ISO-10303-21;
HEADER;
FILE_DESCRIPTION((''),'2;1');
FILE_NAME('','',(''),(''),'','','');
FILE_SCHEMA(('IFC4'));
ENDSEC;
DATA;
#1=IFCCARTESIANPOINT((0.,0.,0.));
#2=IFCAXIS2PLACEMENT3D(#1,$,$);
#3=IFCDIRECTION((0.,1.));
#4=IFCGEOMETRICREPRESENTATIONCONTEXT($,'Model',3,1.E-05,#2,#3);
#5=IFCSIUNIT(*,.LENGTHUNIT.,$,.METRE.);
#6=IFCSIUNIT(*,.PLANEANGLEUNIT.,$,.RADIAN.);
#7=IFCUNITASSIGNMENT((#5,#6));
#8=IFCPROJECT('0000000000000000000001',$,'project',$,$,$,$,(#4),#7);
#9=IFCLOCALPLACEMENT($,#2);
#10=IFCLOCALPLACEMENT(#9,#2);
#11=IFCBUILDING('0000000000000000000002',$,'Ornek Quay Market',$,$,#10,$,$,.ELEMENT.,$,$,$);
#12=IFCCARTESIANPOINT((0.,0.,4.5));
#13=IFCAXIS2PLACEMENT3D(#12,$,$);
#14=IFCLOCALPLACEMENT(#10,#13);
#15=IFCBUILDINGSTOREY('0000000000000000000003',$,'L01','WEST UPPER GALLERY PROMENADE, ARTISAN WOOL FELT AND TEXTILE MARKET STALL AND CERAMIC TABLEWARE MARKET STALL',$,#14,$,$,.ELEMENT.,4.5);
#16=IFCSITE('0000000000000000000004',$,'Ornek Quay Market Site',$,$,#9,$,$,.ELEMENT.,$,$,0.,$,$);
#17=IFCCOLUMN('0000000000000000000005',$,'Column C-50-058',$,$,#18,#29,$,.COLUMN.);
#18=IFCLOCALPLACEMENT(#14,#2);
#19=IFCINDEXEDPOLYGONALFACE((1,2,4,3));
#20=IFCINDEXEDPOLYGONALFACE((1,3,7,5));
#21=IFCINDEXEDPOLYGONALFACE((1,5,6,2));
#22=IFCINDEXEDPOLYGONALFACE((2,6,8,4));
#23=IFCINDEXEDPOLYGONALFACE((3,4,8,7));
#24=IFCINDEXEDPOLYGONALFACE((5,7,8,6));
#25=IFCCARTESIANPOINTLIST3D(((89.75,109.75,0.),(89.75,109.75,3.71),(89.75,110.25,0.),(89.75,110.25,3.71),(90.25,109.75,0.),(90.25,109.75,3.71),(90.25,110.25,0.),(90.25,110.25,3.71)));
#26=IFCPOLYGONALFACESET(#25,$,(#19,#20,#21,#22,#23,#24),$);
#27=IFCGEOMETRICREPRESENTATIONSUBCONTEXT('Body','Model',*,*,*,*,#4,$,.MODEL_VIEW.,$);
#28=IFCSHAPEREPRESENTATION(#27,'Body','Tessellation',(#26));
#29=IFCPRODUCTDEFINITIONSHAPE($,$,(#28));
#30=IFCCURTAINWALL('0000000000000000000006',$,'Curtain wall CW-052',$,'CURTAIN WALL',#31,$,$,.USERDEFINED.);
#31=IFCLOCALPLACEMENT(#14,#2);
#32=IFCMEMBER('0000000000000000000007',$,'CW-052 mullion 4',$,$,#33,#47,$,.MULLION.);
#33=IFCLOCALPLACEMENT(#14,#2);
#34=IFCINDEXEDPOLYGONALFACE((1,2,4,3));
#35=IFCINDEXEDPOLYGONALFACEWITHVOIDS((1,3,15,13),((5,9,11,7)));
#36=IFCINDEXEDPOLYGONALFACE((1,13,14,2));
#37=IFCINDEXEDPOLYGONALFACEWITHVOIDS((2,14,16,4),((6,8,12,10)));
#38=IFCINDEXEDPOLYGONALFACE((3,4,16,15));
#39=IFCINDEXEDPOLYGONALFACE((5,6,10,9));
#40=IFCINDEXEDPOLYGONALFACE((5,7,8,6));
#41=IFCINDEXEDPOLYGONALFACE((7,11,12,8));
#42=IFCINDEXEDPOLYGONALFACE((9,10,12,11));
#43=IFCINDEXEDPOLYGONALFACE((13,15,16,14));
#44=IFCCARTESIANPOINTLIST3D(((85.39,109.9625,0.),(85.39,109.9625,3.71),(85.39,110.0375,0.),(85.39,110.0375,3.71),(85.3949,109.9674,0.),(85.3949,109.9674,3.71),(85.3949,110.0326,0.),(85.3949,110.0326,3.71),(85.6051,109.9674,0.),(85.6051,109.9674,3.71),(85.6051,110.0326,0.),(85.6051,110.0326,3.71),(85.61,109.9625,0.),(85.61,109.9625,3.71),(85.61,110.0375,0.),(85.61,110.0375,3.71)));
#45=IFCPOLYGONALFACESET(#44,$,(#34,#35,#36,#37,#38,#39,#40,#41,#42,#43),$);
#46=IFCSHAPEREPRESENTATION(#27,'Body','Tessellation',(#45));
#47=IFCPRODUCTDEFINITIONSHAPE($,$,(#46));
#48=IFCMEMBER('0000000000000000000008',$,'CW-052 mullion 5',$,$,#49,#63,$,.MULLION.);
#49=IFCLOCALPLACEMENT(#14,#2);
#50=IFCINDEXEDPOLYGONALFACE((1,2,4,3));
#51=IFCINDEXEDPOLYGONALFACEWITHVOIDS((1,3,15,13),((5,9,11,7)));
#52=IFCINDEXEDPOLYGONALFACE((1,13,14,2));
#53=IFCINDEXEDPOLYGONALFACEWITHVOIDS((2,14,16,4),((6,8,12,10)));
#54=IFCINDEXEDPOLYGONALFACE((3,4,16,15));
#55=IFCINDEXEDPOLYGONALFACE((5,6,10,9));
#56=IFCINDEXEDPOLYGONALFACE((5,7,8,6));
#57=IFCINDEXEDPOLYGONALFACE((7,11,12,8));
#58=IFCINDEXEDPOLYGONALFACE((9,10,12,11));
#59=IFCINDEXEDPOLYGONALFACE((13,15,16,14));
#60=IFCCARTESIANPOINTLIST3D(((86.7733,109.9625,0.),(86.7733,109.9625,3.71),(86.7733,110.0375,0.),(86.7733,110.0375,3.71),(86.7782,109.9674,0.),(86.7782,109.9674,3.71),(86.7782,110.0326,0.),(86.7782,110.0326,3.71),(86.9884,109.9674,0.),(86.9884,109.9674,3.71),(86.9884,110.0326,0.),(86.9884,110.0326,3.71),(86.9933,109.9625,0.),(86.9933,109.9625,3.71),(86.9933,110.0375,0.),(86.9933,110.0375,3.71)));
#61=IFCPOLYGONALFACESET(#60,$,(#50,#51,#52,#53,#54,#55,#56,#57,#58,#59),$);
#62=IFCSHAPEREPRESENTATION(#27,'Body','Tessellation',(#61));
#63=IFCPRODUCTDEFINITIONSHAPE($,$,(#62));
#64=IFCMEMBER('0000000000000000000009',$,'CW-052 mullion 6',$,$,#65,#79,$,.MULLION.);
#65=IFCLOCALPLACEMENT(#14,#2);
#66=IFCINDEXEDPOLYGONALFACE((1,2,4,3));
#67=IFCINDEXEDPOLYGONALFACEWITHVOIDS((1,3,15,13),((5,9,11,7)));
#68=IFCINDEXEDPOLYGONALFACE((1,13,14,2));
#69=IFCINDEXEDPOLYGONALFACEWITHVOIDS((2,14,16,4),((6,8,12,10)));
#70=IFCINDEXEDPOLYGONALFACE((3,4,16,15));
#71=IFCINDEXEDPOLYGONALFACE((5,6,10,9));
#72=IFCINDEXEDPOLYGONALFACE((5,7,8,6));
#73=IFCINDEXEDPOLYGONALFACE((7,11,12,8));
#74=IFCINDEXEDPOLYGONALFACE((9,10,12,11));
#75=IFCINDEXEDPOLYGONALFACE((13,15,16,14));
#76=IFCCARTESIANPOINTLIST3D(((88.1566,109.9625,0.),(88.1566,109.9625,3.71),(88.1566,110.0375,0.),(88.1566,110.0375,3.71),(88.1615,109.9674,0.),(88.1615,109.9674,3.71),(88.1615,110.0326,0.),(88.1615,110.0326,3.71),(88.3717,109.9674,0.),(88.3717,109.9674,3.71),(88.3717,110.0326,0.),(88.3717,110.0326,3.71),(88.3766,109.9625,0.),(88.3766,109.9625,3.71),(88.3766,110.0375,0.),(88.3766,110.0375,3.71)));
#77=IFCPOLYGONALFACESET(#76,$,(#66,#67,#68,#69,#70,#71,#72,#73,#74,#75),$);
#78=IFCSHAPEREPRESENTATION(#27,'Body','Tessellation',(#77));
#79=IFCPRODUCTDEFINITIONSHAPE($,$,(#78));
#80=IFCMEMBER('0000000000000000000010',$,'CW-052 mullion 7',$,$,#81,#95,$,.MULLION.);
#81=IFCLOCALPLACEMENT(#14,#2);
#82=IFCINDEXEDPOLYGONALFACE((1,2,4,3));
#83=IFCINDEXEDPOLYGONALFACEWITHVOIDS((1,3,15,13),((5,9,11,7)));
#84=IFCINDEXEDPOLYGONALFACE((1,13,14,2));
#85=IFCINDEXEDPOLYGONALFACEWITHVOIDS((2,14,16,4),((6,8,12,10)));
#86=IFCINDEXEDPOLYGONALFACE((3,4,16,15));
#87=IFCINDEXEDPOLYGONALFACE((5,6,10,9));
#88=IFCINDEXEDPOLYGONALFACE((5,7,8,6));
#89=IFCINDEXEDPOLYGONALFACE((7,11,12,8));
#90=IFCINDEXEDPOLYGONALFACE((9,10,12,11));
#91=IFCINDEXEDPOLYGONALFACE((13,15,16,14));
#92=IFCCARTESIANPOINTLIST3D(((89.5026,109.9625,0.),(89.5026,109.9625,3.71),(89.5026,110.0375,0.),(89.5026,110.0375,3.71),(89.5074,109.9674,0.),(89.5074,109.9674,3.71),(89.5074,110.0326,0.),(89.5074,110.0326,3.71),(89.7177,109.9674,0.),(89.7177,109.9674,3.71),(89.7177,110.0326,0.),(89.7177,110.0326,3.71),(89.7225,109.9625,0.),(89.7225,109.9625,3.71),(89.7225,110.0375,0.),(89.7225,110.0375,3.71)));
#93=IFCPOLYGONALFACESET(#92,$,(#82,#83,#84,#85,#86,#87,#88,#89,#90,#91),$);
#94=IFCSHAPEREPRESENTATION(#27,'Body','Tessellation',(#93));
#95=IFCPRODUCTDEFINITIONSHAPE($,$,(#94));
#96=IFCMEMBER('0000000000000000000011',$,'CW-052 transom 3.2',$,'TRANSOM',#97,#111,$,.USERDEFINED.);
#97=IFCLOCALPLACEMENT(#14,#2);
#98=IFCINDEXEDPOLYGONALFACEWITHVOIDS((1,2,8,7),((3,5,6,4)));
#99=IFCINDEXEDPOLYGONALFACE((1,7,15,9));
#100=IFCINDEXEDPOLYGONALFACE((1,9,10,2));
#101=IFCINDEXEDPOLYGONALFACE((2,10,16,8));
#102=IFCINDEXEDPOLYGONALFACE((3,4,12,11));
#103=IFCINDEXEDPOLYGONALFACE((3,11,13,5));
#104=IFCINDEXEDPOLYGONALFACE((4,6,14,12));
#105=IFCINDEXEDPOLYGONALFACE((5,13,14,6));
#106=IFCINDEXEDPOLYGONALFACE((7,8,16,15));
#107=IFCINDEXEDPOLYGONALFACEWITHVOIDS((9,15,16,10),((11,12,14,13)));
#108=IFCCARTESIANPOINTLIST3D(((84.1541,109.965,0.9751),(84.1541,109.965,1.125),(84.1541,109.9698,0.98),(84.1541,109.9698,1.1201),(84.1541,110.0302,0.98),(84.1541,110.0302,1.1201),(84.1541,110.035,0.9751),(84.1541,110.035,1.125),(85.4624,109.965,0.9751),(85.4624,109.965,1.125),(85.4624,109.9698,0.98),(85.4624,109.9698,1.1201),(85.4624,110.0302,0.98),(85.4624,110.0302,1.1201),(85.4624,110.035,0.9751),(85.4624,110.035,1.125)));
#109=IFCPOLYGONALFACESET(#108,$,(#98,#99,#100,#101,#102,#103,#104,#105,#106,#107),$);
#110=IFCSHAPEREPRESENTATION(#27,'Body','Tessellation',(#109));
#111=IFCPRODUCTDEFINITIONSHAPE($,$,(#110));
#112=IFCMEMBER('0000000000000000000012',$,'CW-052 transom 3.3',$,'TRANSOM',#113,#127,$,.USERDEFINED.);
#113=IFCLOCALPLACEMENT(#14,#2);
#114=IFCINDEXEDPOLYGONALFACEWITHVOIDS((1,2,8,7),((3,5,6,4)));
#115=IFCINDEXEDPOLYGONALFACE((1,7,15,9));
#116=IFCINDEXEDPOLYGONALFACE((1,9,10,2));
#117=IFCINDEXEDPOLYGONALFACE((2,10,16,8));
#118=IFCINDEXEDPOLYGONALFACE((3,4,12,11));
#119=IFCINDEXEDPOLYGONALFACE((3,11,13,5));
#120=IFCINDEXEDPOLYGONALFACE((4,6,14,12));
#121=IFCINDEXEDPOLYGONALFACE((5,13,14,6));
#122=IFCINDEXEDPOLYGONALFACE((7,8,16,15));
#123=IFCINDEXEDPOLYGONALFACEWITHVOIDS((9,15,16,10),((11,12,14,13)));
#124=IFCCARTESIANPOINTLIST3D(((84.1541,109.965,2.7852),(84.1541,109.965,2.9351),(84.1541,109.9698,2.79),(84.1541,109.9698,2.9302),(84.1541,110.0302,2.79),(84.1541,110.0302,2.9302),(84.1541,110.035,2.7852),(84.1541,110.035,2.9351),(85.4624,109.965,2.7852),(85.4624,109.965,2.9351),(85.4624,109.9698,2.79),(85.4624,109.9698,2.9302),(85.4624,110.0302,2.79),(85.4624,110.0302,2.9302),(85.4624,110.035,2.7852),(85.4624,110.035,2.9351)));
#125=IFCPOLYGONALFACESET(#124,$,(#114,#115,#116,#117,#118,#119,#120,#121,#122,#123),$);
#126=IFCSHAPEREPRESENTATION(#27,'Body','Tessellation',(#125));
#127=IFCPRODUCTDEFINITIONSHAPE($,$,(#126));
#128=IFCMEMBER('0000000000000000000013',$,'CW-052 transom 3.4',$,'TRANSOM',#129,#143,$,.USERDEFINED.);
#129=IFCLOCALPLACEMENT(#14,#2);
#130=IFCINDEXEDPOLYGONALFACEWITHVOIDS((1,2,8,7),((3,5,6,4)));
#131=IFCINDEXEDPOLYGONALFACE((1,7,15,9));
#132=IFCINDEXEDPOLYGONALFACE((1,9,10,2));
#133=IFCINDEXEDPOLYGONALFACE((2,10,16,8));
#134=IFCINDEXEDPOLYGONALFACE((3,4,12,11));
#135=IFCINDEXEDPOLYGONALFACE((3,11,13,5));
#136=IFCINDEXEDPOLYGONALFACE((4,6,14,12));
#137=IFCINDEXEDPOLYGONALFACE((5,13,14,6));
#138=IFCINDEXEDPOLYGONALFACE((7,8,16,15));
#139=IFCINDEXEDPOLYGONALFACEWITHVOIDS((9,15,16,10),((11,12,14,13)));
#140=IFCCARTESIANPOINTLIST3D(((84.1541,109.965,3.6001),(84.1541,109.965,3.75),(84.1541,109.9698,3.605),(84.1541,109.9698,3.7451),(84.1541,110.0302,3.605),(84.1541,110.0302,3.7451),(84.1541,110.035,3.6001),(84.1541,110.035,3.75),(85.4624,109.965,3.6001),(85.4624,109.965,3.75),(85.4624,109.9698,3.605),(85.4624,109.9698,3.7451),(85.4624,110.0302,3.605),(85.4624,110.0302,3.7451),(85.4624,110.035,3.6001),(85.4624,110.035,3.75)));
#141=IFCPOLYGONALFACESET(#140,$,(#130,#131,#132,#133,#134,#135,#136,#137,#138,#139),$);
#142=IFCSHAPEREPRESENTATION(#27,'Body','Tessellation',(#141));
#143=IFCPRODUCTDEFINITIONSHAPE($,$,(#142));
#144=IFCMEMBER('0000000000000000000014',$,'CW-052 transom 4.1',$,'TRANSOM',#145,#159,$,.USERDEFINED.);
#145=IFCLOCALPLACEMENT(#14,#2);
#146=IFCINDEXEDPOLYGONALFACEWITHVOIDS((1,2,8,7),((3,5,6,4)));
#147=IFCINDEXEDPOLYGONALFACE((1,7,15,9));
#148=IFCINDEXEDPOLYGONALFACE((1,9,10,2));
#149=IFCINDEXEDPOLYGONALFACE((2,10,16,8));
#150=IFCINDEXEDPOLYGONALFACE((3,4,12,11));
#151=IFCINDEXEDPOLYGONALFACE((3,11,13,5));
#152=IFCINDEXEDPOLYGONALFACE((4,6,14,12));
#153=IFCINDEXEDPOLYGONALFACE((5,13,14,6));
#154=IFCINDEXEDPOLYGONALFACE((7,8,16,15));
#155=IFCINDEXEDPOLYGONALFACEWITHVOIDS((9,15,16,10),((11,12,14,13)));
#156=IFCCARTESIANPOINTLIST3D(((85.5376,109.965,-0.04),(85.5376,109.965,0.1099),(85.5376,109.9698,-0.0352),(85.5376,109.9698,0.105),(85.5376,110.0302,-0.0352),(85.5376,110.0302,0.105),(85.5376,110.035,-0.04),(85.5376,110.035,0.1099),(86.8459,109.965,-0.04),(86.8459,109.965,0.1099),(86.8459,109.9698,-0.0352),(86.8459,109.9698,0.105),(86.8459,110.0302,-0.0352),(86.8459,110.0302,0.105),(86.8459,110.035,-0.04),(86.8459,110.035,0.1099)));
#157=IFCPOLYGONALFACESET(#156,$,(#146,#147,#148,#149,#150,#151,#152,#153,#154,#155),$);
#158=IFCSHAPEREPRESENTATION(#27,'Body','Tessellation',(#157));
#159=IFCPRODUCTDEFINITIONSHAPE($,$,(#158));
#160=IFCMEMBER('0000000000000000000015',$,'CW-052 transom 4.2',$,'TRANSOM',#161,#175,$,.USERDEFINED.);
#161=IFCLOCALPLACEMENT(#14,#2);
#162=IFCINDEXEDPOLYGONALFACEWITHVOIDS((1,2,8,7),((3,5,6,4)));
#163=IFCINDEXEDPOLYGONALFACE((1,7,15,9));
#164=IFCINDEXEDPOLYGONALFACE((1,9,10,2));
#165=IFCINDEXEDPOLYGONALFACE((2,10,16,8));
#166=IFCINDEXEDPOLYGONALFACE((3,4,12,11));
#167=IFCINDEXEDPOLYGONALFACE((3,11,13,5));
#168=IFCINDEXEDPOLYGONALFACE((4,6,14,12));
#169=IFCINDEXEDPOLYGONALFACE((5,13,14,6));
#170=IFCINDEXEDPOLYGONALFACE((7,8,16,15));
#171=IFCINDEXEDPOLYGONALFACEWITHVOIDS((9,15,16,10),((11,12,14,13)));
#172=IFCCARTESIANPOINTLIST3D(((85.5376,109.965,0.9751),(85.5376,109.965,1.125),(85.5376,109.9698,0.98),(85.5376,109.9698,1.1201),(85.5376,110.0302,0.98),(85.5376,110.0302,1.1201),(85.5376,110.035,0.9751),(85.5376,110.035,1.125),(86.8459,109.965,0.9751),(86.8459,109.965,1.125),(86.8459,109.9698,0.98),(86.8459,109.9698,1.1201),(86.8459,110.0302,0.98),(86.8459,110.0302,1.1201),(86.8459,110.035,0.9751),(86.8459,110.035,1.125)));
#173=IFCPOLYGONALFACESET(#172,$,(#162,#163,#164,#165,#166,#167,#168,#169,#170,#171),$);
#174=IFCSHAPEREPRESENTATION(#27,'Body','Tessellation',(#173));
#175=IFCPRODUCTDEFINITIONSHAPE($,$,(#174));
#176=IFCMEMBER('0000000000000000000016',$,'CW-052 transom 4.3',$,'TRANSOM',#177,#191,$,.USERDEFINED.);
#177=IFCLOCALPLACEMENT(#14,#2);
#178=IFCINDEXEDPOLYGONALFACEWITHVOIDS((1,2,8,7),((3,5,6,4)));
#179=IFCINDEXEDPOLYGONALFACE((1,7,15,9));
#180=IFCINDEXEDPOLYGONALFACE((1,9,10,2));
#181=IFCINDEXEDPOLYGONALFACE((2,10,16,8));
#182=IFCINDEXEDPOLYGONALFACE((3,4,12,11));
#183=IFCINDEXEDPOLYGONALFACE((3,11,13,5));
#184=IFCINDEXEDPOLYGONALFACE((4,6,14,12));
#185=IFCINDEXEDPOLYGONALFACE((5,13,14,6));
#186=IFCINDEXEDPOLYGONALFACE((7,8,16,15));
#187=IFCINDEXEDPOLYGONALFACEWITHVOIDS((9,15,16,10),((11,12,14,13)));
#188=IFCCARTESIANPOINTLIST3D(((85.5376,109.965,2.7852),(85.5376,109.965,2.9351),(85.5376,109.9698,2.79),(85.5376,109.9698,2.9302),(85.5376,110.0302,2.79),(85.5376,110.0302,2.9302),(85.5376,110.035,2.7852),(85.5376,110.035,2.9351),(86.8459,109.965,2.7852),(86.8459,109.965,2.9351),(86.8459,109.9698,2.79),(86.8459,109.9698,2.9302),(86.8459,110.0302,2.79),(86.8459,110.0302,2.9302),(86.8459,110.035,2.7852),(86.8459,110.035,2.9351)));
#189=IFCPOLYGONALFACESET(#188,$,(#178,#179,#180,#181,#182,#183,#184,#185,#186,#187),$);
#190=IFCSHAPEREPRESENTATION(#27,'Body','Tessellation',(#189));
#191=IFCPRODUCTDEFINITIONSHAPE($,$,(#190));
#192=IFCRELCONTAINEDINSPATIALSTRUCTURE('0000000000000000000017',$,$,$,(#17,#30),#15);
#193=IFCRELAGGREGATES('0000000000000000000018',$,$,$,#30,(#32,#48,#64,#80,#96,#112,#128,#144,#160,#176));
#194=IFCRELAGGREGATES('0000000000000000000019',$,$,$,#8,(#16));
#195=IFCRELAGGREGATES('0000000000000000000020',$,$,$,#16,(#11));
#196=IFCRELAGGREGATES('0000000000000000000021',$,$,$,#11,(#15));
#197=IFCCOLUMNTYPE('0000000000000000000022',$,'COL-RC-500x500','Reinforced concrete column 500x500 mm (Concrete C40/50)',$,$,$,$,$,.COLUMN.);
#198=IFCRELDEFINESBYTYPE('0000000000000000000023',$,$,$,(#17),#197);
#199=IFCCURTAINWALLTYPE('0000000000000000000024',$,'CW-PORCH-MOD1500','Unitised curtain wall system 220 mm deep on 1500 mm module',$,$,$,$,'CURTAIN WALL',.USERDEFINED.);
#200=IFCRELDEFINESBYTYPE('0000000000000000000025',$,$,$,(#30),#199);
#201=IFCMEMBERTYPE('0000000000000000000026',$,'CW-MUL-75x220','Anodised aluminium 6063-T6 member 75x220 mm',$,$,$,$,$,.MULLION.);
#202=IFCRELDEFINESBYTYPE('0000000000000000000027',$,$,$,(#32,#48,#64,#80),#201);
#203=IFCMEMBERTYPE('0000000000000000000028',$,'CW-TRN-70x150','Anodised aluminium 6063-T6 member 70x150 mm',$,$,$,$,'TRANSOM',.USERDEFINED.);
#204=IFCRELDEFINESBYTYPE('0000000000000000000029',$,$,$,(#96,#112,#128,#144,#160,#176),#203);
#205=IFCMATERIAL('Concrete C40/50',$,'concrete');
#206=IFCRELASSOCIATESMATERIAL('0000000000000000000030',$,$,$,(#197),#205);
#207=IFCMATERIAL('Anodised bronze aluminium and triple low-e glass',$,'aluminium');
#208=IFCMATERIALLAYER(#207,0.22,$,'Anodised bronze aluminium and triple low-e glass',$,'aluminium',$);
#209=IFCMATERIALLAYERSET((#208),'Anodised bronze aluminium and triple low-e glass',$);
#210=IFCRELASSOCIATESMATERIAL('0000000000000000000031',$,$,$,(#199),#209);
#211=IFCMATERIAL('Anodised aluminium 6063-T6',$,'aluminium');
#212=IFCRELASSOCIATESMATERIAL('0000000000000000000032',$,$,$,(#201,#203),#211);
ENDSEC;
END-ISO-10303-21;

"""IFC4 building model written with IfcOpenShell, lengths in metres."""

from ifc_helpers import new_model, si_unit, direction, frame, origin, origin_2d, place, context, subcontext, project, spatial, rectangle, hollow_rectangle, extrude, material, layer, layer_set, material_profile, profile_set, type_object, element, aggregate, save


model = new_model("IFC4")

# Units and contexts
model_context = context("Model", 3, precision=1e-05, world=origin(), true_north=direction((0.0, 1.0)))
body_context = subcontext(model_context, "Body", "Model", "MODEL_VIEW")
ifc_project = project(units=[si_unit("LENGTHUNIT", "METRE"), si_unit("PLANEANGLEUNIT", "RADIAN")], contexts=[model_context])

# Site, building, storey
site_placement = place(None, origin())
site = spatial("IfcSite", under=ifc_project, at=site_placement, Name="Ornek Quay Market Site", CompositionType="ELEMENT", RefElevation=0.0)
building_placement = place(site_placement, origin())
building = spatial("IfcBuilding", under=site, at=building_placement, Name="Ornek Quay Market", CompositionType="ELEMENT")
storey_placement = place(building_placement, frame((0.0, 0.0, 4.5)))
storey = spatial("IfcBuildingStorey", under=building, at=storey_placement, Name="L01", Description="WEST UPPER GALLERY PROMENADE, ARTISAN WOOL FELT AND TEXTILE MARKET STALL AND CERAMIC TABLEWARE MARKET STALL", CompositionType="ELEMENT", Elevation=4.5)

# Column
ifc_material_1 = material(Name="Concrete C40/50", Category="concrete")
ifc_material_profile_1 = material_profile(ifc_material_1, rectangle(XDim=0.5, YDim=0.5, at=origin_2d()), Name="RC 500x500", Category="concrete")
ifc_profile_set_1 = profile_set([ifc_material_profile_1], Name="Concrete C40/50")
column_type = type_object("IfcColumnType", Name="COL-RC-500x500", Description="Reinforced concrete column 500x500 mm (Concrete C40/50)", PredefinedType="COLUMN", material=ifc_profile_set_1)
column_placement = place(storey_placement, frame((90.0, 110.0, 0.0), z_axis=(0.0, 0.0, 1.0), x_axis=(1.0, 0.0, 0.0)))
element("IfcColumn", 1, at=column_placement, inside=storey, type_object=column_type, Name="Column C-50-058", PredefinedType="COLUMN", context=body_context, shape_type="SweptSolid", body=[
    extrude(rectangle(XDim=0.5, YDim=0.5, at=origin_2d()), origin(), (0.0, 0.0, 1.0), 3.71),
])

# Curtain wall, members
ifc_material_2 = material(Name="Anodised bronze aluminium and triple low-e glass", Category="aluminium")
ifc_layer_1 = layer(ifc_material_2, 0.22, Name="Anodised bronze aluminium and triple low-e glass", Category="aluminium")
ifc_layer_set_1 = layer_set([ifc_layer_1], Name="Anodised bronze aluminium and triple low-e glass")
curtain_wall_type = type_object("IfcCurtainWallType", Name="CW-PORCH-MOD1500", Description="Unitised curtain wall system 220 mm deep on 1500 mm module", ElementType="CURTAIN WALL", PredefinedType="USERDEFINED", material=ifc_layer_set_1)
curtain_wall_placement = place(storey_placement, origin())
curtain_wall = element("IfcCurtainWall", 2, at=curtain_wall_placement, inside=storey, type_object=curtain_wall_type, Name="Curtain wall CW-052", ObjectType="CURTAIN WALL", PredefinedType="USERDEFINED")
ifc_material_3 = material(Name="Anodised aluminium 6063-T6", Category="aluminium")
ifc_material_profile_2 = material_profile(ifc_material_3, hollow_rectangle(XDim=0.075, YDim=0.22, WallThickness=0.0049, at=origin_2d()), Name="CW-MUL-75x220", Category="aluminium")
ifc_profile_set_2 = profile_set([ifc_material_profile_2], Name="Anodised aluminium 6063-T6")
member_type_1 = type_object("IfcMemberType", Name="CW-MUL-75x220", Description="Anodised aluminium 6063-T6 member 75x220 mm", PredefinedType="MULLION", material=ifc_profile_set_2)
member_1_placement = place(storey_placement, frame((85.5, 110.0, 0.0), z_axis=(0.0, 0.0, 1.0), x_axis=(0.0, 1.0, 0.0)))
member_1 = element("IfcMember", 3, at=member_1_placement, type_object=member_type_1, Name="CW-052 mullion 4", PredefinedType="MULLION", context=body_context, shape_type="SweptSolid", body=[
    extrude(hollow_rectangle(XDim=0.075, YDim=0.22, WallThickness=0.0049, at=origin_2d()), origin(), (0.0, 0.0, 1.0), 3.71),
])
member_2_placement = place(storey_placement, frame((86.8833, 110.0, 0.0), z_axis=(0.0, 0.0, 1.0), x_axis=(0.0, 1.0, 0.0)))
member_2 = element("IfcMember", 4, at=member_2_placement, type_object=member_type_1, Name="CW-052 mullion 5", PredefinedType="MULLION", context=body_context, shape_type="SweptSolid", body=[
    extrude(hollow_rectangle(XDim=0.075, YDim=0.22, WallThickness=0.0049, at=origin_2d()), origin(), (0.0, 0.0, 1.0), 3.71),
])
member_3_placement = place(storey_placement, frame((88.2666, 110.0, 0.0), z_axis=(0.0, 0.0, 1.0), x_axis=(0.0, 1.0, 0.0)))
member_3 = element("IfcMember", 5, at=member_3_placement, type_object=member_type_1, Name="CW-052 mullion 6", PredefinedType="MULLION", context=body_context, shape_type="SweptSolid", body=[
    extrude(hollow_rectangle(XDim=0.075, YDim=0.22, WallThickness=0.0049, at=origin_2d()), origin(), (0.0, 0.0, 1.0), 3.71),
])
member_4_placement = place(storey_placement, frame((89.6125, 110.0, 0.0), z_axis=(0.0, 0.0, 1.0), x_axis=(0.0, 1.0, 0.0)))
member_4 = element("IfcMember", 6, at=member_4_placement, type_object=member_type_1, Name="CW-052 mullion 7", PredefinedType="MULLION", context=body_context, shape_type="SweptSolid", body=[
    extrude(hollow_rectangle(XDim=0.075, YDim=0.22, WallThickness=0.0049, at=origin_2d()), origin(), (0.0, 0.0, 1.0), 3.71),
])
ifc_material_profile_3 = material_profile(ifc_material_3, hollow_rectangle(XDim=0.0701, YDim=0.1499, WallThickness=0.0049, at=origin_2d()), Name="CW-TRN-70x150", Category="aluminium")
ifc_profile_set_3 = profile_set([ifc_material_profile_3], Name="Anodised aluminium 6063-T6")
member_type_2 = type_object("IfcMemberType", Name="CW-TRN-70x150", Description="Anodised aluminium 6063-T6 member 70x150 mm", ElementType="TRANSOM", PredefinedType="USERDEFINED", material=ifc_profile_set_3)
member_5_placement = place(storey_placement, frame((84.1541, 110.0, 1.05), z_axis=(1.0, 0.0, 0.0), x_axis=(0.0, 1.0, 0.0)))
member_5 = element("IfcMember", 7, at=member_5_placement, type_object=member_type_2, Name="CW-052 transom 3.2", ObjectType="TRANSOM", PredefinedType="USERDEFINED", context=body_context, shape_type="SweptSolid", body=[
    extrude(hollow_rectangle(XDim=0.0701, YDim=0.1499, WallThickness=0.0049, at=origin_2d()), origin(), (0.0, 0.0, 1.0), 1.3083),
])
member_6_placement = place(storey_placement, frame((84.1541, 110.0, 2.8601), z_axis=(1.0, 0.0, 0.0), x_axis=(0.0, 1.0, 0.0)))
member_6 = element("IfcMember", 8, at=member_6_placement, type_object=member_type_2, Name="CW-052 transom 3.3", ObjectType="TRANSOM", PredefinedType="USERDEFINED", context=body_context, shape_type="SweptSolid", body=[
    extrude(hollow_rectangle(XDim=0.0701, YDim=0.1499, WallThickness=0.0049, at=origin_2d()), origin(), (0.0, 0.0, 1.0), 1.3083),
])
member_7_placement = place(storey_placement, frame((84.1541, 110.0, 3.675), z_axis=(1.0, 0.0, 0.0), x_axis=(0.0, 1.0, 0.0)))
member_7 = element("IfcMember", 9, at=member_7_placement, type_object=member_type_2, Name="CW-052 transom 3.4", ObjectType="TRANSOM", PredefinedType="USERDEFINED", context=body_context, shape_type="SweptSolid", body=[
    extrude(hollow_rectangle(XDim=0.0701, YDim=0.1499, WallThickness=0.0049, at=origin_2d()), origin(), (0.0, 0.0, 1.0), 1.3083),
])
member_8_placement = place(storey_placement, frame((85.5376, 110.0, 0.0349), z_axis=(1.0, 0.0, 0.0), x_axis=(0.0, 1.0, 0.0)))
member_8 = element("IfcMember", 10, at=member_8_placement, type_object=member_type_2, Name="CW-052 transom 4.1", ObjectType="TRANSOM", PredefinedType="USERDEFINED", context=body_context, shape_type="SweptSolid", body=[
    extrude(hollow_rectangle(XDim=0.0701, YDim=0.1499, WallThickness=0.0049, at=origin_2d()), origin(), (0.0, 0.0, 1.0), 1.3083),
])
member_9_placement = place(storey_placement, frame((85.5376, 110.0, 1.05), z_axis=(1.0, 0.0, 0.0), x_axis=(0.0, 1.0, 0.0)))
member_9 = element("IfcMember", 11, at=member_9_placement, type_object=member_type_2, Name="CW-052 transom 4.2", ObjectType="TRANSOM", PredefinedType="USERDEFINED", context=body_context, shape_type="SweptSolid", body=[
    extrude(hollow_rectangle(XDim=0.0701, YDim=0.1499, WallThickness=0.0049, at=origin_2d()), origin(), (0.0, 0.0, 1.0), 1.3083),
])
member_10_placement = place(storey_placement, frame((85.5376, 110.0, 2.8601), z_axis=(1.0, 0.0, 0.0), x_axis=(0.0, 1.0, 0.0)))
member_10 = element("IfcMember", 12, at=member_10_placement, type_object=member_type_2, Name="CW-052 transom 4.3", ObjectType="TRANSOM", PredefinedType="USERDEFINED", context=body_context, shape_type="SweptSolid", body=[
    extrude(hollow_rectangle(XDim=0.0701, YDim=0.1499, WallThickness=0.0049, at=origin_2d()), origin(), (0.0, 0.0, 1.0), 1.3083),
])
aggregate(curtain_wall, [member_1, member_2, member_3, member_4, member_5, member_6, member_7, member_8, member_9, member_10])

save(model, "model.ifc")
